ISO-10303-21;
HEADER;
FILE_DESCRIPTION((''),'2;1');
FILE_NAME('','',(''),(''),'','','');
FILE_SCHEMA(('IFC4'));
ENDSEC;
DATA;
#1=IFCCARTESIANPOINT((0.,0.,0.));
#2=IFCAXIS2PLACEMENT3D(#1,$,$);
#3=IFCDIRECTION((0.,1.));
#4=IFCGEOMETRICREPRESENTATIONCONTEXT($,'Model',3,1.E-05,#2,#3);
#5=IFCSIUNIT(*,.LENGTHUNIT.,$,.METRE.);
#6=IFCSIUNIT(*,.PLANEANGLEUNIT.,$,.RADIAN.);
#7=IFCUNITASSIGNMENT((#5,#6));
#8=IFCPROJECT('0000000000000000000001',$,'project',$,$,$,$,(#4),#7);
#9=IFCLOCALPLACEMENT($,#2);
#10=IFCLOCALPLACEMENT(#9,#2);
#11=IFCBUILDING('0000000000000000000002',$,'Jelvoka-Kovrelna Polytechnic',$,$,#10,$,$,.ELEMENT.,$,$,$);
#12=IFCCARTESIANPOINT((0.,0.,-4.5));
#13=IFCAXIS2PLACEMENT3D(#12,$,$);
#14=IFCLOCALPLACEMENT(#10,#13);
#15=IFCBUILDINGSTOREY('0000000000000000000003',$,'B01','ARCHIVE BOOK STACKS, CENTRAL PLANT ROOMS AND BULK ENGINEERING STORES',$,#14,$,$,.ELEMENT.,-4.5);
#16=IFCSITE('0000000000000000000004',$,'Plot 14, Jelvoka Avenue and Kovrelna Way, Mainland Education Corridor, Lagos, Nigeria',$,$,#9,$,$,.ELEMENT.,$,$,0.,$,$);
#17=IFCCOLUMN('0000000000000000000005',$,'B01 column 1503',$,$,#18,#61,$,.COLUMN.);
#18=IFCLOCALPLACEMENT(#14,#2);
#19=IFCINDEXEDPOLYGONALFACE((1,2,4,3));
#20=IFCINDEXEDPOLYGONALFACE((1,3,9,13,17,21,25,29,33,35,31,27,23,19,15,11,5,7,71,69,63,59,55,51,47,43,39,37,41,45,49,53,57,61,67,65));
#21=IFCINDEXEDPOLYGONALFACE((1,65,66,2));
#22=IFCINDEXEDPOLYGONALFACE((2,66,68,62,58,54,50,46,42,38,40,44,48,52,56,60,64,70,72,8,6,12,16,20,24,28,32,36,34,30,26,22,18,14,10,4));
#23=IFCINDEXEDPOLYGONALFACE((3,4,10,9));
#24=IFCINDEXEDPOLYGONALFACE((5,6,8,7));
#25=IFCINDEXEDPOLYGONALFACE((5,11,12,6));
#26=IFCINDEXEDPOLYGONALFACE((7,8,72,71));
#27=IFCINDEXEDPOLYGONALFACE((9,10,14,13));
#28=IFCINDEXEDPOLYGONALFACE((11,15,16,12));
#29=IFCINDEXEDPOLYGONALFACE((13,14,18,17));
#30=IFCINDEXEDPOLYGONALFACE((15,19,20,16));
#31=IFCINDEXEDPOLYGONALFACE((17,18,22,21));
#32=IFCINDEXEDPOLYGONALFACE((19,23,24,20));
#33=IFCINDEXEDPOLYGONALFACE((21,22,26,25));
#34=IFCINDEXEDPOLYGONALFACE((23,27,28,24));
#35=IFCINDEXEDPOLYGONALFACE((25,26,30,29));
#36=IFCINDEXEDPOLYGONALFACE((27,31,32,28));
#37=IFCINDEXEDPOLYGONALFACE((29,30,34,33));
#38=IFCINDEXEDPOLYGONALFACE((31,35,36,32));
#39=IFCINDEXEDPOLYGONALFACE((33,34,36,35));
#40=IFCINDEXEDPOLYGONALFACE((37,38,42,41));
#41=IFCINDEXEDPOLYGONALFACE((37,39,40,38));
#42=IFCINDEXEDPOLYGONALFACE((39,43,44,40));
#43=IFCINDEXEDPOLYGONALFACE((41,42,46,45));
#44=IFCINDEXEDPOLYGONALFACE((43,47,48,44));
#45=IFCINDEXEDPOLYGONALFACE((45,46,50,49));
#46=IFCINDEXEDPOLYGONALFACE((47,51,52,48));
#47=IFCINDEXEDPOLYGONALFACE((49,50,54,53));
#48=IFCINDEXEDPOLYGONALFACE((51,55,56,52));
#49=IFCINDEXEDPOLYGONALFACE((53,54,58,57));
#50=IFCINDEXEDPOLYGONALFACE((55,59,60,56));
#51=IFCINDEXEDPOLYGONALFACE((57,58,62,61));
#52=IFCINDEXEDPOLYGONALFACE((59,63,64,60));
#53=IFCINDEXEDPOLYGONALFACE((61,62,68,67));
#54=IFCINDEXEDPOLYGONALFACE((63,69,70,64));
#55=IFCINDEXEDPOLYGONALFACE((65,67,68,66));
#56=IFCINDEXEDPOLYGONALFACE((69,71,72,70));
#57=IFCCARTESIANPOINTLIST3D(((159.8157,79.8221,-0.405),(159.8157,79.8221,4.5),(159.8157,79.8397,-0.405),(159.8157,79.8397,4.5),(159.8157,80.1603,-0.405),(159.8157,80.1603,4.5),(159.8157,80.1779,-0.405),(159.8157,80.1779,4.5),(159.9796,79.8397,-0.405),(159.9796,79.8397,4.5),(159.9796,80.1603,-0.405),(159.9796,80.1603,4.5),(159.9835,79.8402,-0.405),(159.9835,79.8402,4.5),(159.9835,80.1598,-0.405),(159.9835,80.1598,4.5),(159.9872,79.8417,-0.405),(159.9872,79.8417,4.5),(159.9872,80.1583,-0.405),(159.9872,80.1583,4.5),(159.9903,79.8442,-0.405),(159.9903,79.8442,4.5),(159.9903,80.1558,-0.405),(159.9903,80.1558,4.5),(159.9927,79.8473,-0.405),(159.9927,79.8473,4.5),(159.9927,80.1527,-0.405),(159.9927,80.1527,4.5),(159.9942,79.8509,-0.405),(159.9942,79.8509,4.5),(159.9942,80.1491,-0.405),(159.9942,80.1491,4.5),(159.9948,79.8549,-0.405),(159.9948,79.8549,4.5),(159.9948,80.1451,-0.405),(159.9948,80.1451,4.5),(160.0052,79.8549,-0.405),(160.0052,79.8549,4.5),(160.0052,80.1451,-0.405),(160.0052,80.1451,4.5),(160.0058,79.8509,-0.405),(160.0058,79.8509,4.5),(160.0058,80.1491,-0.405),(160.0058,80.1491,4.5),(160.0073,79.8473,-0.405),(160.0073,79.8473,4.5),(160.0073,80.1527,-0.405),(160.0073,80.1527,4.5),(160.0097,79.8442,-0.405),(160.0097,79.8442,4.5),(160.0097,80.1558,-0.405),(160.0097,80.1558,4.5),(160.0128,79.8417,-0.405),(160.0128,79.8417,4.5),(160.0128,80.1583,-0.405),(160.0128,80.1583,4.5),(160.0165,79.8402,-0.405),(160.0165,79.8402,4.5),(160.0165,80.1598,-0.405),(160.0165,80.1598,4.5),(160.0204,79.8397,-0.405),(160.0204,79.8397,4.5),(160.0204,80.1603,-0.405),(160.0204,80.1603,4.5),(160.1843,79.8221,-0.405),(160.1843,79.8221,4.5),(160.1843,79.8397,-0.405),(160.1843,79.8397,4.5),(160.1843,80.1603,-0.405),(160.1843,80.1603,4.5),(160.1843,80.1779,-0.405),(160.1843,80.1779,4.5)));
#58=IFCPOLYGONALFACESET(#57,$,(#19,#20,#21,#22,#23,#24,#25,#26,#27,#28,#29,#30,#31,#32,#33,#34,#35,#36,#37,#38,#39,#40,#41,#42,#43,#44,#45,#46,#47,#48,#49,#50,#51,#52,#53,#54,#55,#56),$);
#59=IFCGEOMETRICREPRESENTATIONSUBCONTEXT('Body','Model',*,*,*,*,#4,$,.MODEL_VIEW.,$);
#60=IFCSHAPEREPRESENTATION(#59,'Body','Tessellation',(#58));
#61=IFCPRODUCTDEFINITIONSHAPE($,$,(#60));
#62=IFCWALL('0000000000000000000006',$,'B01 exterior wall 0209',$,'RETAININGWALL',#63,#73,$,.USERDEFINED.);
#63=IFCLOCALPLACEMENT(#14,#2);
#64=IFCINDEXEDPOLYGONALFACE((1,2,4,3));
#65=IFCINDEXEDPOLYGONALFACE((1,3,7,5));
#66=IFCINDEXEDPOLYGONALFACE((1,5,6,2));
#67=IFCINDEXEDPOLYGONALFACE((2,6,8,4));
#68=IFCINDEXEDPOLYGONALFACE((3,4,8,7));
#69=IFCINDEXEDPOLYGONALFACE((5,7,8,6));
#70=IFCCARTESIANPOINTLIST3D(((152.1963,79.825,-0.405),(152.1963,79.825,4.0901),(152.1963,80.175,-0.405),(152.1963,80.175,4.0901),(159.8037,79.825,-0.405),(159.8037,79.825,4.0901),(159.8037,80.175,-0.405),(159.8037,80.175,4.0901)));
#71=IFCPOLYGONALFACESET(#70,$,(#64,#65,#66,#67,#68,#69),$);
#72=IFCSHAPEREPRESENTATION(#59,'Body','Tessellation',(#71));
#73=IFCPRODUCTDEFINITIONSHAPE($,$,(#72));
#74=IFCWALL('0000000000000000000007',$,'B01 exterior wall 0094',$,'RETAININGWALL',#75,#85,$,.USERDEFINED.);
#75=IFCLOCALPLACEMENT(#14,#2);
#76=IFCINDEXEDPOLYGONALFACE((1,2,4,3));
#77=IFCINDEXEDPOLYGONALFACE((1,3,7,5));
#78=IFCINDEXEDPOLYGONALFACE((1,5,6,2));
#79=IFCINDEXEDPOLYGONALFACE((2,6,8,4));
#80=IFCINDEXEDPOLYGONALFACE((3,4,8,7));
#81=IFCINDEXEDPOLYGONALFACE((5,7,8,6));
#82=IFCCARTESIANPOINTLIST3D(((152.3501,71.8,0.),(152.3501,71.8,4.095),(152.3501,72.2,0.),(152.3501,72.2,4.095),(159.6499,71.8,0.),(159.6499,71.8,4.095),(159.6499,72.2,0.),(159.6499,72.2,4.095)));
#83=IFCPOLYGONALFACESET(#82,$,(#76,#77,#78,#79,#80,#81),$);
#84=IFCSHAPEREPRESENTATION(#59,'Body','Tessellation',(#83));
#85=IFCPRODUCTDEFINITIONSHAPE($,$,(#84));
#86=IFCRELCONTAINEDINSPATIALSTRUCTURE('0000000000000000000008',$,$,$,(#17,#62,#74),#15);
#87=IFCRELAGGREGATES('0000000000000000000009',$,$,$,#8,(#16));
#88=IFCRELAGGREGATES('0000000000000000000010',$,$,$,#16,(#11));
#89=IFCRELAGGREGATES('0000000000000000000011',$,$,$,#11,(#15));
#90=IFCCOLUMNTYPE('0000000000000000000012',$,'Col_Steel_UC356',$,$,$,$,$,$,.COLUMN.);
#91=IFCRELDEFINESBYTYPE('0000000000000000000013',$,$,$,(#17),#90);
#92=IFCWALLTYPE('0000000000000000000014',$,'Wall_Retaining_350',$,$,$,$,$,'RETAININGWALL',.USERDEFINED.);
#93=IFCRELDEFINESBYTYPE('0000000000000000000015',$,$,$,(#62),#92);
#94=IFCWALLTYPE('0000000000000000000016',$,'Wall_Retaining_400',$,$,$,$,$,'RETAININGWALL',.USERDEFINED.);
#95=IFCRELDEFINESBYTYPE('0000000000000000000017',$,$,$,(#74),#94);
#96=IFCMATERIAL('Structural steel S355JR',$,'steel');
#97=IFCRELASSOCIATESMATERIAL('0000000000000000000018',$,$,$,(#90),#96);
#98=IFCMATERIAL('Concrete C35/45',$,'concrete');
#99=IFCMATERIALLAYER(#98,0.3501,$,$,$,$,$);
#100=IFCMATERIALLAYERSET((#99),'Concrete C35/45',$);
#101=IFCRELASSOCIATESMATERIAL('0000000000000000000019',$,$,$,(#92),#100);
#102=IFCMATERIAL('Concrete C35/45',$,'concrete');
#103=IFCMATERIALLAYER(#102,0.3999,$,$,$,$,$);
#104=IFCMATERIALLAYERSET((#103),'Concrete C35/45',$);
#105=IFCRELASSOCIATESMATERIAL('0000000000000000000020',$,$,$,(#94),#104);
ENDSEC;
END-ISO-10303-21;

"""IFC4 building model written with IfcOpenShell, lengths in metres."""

from ifc_helpers import new_model, si_unit, direction, frame, frame_2d, origin, origin_2d, place, context, subcontext, project, spatial, rectangle, i_section, extrude, material, layer, layer_set, material_profile, profile_set, type_object, element, save


model = new_model("IFC4")

# Units and contexts
model_context = context("Model", 3, precision=1e-05, world=origin(), true_north=direction((0.0, 1.0)))
body_context = subcontext(model_context, "Body", "Model", "MODEL_VIEW")
ifc_project = project(units=[si_unit("LENGTHUNIT", "METRE"), si_unit("PLANEANGLEUNIT", "RADIAN")], contexts=[model_context])

# Site, building, storey
site_placement = place(None, origin())
site = spatial("IfcSite", under=ifc_project, at=site_placement, Name="Plot 14, Jelvoka Avenue and Kovrelna Way, Mainland Education Corridor, Lagos, Nigeria", CompositionType="ELEMENT", RefElevation=0.0)
building_placement = place(site_placement, origin())
building = spatial("IfcBuilding", under=site, at=building_placement, Name="Jelvoka-Kovrelna Polytechnic", CompositionType="ELEMENT")
storey_placement = place(building_placement, frame((0.0, 0.0, -4.5)))
storey = spatial("IfcBuildingStorey", under=building, at=storey_placement, Name="B01", Description="ARCHIVE BOOK STACKS, CENTRAL PLANT ROOMS AND BULK ENGINEERING STORES", CompositionType="ELEMENT", Elevation=-4.5)

# Column
ifc_material_1 = material(Name="Structural steel S355JR", Category="steel")
ifc_material_profile_1 = material_profile(ifc_material_1, i_section(OverallWidth=0.3687, OverallDepth=0.3557, WebThickness=0.0105, FlangeThickness=0.0176, FilletRadius=0.0151, at=origin_2d()), Name="356x368x129 UC")
ifc_profile_set_1 = profile_set([ifc_material_profile_1], Name="Structural steel S355JR")
column_type_1 = type_object("IfcColumnType", Name="Col_Steel_UC356", PredefinedType="COLUMN", material=ifc_profile_set_1)
for number, where, z_axis, x_axis, name in (
    (1, (160.0, 80.0, -0.405), (0.0, 0.0, 1.0), (1.0, 0.0, 0.0), "B01 column 1503"),
):
    element("IfcColumn", number, at=place(storey_placement, frame(where, z_axis=z_axis, x_axis=x_axis)), inside=storey, type_object=column_type_1, Name=name, PredefinedType="COLUMN", context=body_context, shape_type="SweptSolid", body=[
        extrude(i_section(OverallWidth=0.3687, OverallDepth=0.3557, WebThickness=0.0105, FlangeThickness=0.0176, FilletRadius=0.0151, at=origin_2d()), origin(), (0.0, 0.0, 1.0), 4.905),
    ])

# Walls
ifc_material_2 = material(Name="Concrete C35/45", Category="concrete")
ifc_layer_1 = layer(ifc_material_2, 0.3501)
ifc_layer_set_1 = layer_set([ifc_layer_1], Name="Concrete C35/45")
wall_type_1 = type_object("IfcWallType", Name="Wall_Retaining_350", ElementType="RETAININGWALL", PredefinedType="USERDEFINED", material=ifc_layer_set_1)
wall_1_placement = place(storey_placement, frame((152.1963, 80.0, -0.405), z_axis=(0.0, 0.0, 1.0), x_axis=(1.0, 0.0, 0.0)))
element("IfcWall", 2, at=wall_1_placement, inside=storey, type_object=wall_type_1, Name="B01 exterior wall 0209", ObjectType="RETAININGWALL", PredefinedType="USERDEFINED", context=body_context, shape_type="SweptSolid", body=[
    extrude(rectangle(XDim=7.6074, YDim=0.3501, at=frame_2d((3.8037, 0.0))), origin(), (0.0, 0.0, 1.0), 4.4951),
])
ifc_material_3 = material(Name="Concrete C35/45", Category="concrete")
ifc_layer_2 = layer(ifc_material_3, 0.3999)
ifc_layer_set_2 = layer_set([ifc_layer_2], Name="Concrete C35/45")
wall_type_2 = type_object("IfcWallType", Name="Wall_Retaining_400", ElementType="RETAININGWALL", PredefinedType="USERDEFINED", material=ifc_layer_set_2)
wall_2_placement = place(storey_placement, frame((152.3501, 72.0, 0.0), z_axis=(0.0, 0.0, 1.0), x_axis=(1.0, 0.0, 0.0)))
element("IfcWall", 3, at=wall_2_placement, inside=storey, type_object=wall_type_2, Name="B01 exterior wall 0094", ObjectType="RETAININGWALL", PredefinedType="USERDEFINED", context=body_context, shape_type="SweptSolid", body=[
    extrude(rectangle(XDim=7.2998, YDim=0.3999, at=frame_2d((3.6499, 0.0))), origin(), (0.0, 0.0, 1.0), 4.095),
])

save(model, "model.ifc")
